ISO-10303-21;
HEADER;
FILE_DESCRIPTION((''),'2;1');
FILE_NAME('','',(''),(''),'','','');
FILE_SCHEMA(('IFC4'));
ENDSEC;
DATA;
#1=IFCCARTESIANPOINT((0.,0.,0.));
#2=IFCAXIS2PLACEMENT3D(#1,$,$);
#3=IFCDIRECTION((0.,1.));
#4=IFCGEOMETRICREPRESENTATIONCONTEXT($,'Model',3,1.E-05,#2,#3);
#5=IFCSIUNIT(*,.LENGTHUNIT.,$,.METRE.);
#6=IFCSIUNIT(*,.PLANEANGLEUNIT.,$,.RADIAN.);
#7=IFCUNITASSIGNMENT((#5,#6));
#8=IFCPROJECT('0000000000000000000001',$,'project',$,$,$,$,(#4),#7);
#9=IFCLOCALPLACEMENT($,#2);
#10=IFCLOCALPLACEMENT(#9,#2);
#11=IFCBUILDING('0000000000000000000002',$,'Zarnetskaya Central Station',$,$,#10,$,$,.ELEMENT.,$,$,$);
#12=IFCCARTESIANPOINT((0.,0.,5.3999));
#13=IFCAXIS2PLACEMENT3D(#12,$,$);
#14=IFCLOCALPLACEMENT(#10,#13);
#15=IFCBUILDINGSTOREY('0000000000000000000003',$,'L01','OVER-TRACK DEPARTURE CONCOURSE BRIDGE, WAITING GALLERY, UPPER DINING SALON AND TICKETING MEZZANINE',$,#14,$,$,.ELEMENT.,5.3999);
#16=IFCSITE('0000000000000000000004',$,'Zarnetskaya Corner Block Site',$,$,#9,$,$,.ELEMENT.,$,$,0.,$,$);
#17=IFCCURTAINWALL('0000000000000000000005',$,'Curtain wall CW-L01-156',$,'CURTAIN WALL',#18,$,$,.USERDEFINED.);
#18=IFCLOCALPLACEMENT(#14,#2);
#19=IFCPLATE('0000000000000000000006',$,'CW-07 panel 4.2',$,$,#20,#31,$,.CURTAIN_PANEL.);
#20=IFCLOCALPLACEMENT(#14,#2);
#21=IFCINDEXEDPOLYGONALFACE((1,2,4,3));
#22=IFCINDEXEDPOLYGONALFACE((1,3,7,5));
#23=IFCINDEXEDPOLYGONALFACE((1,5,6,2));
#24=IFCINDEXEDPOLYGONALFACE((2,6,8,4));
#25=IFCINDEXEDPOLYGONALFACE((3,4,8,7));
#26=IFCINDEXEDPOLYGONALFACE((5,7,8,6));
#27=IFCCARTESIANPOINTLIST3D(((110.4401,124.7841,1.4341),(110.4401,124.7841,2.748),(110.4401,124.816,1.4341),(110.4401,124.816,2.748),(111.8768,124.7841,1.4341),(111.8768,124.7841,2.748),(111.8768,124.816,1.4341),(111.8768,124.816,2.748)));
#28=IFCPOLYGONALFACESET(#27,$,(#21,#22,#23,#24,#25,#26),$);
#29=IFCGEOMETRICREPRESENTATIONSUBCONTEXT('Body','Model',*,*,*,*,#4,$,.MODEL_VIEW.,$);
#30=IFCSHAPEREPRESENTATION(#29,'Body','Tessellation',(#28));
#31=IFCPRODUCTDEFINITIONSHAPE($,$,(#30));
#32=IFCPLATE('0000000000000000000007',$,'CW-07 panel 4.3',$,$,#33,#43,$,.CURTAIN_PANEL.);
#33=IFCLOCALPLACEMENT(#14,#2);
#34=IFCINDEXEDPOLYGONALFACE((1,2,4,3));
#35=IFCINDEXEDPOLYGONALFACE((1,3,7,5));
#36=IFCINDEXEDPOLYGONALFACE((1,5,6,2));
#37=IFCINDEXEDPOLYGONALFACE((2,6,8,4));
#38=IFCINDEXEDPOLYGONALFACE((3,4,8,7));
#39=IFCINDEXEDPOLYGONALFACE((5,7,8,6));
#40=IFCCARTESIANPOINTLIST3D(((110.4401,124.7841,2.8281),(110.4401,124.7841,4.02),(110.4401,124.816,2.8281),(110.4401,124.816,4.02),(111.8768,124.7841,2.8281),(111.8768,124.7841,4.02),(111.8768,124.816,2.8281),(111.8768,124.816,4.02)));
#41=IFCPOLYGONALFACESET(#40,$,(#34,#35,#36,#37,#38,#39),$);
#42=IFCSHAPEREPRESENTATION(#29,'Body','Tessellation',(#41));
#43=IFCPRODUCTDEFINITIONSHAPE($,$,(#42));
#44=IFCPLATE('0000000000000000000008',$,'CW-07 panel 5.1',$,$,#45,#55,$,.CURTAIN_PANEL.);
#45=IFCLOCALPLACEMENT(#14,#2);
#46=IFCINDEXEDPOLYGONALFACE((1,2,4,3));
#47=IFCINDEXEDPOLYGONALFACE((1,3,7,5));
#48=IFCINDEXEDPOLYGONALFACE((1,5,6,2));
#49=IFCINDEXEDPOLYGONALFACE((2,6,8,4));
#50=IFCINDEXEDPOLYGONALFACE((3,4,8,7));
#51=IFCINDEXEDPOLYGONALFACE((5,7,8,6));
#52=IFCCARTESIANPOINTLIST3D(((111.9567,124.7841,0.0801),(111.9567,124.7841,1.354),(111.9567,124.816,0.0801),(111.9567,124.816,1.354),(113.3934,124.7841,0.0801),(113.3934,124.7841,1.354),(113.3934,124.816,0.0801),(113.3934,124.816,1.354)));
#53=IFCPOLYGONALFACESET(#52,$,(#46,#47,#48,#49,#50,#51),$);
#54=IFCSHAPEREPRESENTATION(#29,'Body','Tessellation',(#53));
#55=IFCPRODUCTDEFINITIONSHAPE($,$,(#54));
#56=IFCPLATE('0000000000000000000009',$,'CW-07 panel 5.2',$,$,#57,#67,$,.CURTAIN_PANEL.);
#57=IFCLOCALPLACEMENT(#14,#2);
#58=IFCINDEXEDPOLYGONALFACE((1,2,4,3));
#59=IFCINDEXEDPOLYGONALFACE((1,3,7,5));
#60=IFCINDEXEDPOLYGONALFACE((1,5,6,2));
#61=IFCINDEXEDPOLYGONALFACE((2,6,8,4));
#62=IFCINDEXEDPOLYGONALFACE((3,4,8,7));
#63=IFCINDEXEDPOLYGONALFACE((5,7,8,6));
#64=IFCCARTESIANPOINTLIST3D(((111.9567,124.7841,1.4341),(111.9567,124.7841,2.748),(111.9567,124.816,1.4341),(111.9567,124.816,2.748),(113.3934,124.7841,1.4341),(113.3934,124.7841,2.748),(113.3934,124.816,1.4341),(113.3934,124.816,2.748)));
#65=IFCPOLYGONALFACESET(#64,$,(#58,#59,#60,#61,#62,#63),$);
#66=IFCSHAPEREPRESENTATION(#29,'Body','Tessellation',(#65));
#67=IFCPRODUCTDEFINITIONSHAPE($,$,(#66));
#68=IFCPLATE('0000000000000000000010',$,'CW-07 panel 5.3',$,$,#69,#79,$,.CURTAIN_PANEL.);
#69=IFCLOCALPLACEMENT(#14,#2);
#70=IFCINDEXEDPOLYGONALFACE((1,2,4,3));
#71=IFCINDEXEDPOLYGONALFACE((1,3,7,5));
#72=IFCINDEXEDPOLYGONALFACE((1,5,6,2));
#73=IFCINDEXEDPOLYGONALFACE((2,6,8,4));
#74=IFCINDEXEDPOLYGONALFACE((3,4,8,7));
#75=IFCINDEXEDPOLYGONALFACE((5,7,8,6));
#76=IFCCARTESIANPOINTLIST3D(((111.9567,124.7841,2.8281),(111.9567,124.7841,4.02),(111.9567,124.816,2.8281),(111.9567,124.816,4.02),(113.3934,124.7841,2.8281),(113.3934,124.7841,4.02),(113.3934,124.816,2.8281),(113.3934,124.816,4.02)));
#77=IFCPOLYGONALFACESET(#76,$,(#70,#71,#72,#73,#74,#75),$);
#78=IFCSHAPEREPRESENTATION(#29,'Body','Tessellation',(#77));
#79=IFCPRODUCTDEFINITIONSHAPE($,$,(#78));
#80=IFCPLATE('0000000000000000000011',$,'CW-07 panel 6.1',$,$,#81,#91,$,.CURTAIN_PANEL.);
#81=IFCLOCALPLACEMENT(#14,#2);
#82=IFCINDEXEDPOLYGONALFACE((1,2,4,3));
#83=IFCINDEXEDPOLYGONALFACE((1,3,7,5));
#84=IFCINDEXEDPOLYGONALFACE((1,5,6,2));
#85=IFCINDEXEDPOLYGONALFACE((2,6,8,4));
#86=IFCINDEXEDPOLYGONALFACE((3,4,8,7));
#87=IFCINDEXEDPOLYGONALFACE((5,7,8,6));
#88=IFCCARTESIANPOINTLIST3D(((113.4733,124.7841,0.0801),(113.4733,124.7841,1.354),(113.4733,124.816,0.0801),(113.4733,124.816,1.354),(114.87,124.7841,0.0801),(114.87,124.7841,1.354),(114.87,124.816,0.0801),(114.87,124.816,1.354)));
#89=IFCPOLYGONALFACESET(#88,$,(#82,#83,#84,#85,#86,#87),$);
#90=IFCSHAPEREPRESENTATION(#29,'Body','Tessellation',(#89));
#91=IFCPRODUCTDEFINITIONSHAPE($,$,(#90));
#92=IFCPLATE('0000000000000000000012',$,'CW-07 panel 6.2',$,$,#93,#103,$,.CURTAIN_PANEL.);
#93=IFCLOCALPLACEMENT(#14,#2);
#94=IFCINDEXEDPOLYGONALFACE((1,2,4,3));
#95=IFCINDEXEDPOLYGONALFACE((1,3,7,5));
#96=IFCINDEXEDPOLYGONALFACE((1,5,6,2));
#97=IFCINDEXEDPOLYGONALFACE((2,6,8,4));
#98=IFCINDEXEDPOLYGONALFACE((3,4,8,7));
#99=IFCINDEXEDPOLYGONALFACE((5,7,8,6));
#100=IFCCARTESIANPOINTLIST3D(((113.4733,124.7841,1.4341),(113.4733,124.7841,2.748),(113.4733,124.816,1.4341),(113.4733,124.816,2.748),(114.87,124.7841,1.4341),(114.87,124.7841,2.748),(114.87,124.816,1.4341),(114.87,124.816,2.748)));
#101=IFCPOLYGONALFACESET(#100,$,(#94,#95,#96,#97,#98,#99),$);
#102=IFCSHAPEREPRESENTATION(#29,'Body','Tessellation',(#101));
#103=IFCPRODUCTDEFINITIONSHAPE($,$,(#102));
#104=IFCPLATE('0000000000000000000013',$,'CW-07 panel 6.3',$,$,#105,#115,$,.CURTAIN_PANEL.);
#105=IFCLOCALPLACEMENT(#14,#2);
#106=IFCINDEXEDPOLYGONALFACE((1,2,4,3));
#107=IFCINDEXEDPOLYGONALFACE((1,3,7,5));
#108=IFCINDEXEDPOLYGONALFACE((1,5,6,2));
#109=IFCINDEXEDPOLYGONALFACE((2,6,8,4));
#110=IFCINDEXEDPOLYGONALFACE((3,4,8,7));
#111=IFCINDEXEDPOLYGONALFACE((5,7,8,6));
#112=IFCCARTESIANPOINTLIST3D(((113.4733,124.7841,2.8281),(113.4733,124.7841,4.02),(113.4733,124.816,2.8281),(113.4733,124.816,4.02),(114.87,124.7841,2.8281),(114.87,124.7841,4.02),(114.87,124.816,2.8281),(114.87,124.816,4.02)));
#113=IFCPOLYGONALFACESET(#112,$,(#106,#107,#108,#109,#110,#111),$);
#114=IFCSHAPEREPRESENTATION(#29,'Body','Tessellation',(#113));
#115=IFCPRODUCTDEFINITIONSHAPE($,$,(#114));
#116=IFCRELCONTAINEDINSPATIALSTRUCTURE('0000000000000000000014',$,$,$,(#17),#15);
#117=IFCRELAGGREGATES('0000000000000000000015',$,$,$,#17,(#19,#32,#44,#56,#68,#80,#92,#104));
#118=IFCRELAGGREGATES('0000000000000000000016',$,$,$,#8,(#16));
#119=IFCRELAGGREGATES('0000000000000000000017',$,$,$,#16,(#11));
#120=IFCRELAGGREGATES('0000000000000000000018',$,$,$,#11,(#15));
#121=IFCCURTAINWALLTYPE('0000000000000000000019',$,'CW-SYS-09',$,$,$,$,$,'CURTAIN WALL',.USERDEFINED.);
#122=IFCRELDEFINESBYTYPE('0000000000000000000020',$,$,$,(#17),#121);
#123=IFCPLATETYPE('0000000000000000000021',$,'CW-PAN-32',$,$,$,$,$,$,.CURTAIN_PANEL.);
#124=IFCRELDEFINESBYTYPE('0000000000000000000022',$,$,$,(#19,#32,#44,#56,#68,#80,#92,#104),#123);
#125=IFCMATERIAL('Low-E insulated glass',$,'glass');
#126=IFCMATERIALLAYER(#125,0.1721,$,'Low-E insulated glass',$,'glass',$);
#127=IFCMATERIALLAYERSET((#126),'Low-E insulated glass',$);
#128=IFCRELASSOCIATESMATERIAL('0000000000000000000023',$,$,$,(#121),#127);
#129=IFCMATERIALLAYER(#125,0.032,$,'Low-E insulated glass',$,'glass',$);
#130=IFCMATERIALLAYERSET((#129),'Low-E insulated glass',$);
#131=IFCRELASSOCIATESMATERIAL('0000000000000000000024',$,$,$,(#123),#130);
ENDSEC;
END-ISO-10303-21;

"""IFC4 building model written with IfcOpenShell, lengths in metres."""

from ifc_helpers import new_model, si_unit, direction, frame, origin, origin_2d, place, context, subcontext, project, spatial, rectangle, extrude, material, layer, layer_set, type_object, element, aggregate, save


model = new_model("IFC4")

# Units and contexts
model_context = context("Model", 3, precision=1e-05, world=origin(), true_north=direction((0.0, 1.0)))
body_context = subcontext(model_context, "Body", "Model", "MODEL_VIEW")
ifc_project = project(units=[si_unit("LENGTHUNIT", "METRE"), si_unit("PLANEANGLEUNIT", "RADIAN")], contexts=[model_context])

# Site, building, storey
site_placement = place(None, origin())
site = spatial("IfcSite", under=ifc_project, at=site_placement, Name="Zarnetskaya Corner Block Site", CompositionType="ELEMENT", RefElevation=0.0)
building_placement = place(site_placement, origin())
building = spatial("IfcBuilding", under=site, at=building_placement, Name="Zarnetskaya Central Station", CompositionType="ELEMENT")
storey_placement = place(building_placement, frame((0.0, 0.0, 5.3999)))
storey = spatial("IfcBuildingStorey", under=building, at=storey_placement, Name="L01", Description="OVER-TRACK DEPARTURE CONCOURSE BRIDGE, WAITING GALLERY, UPPER DINING SALON AND TICKETING MEZZANINE", CompositionType="ELEMENT", Elevation=5.3999)

# Curtain wall, plates
ifc_material_1 = material(Name="Low-E insulated glass", Category="glass")
ifc_layer_1 = layer(ifc_material_1, 0.1721, Name="Low-E insulated glass", Category="glass")
ifc_layer_set_1 = layer_set([ifc_layer_1], Name="Low-E insulated glass")
curtain_wall_type = type_object("IfcCurtainWallType", Name="CW-SYS-09", ElementType="CURTAIN WALL", PredefinedType="USERDEFINED", material=ifc_layer_set_1)
curtain_wall_placement = place(storey_placement, origin())
curtain_wall = element("IfcCurtainWall", 1, at=curtain_wall_placement, inside=storey, type_object=curtain_wall_type, Name="Curtain wall CW-L01-156", ObjectType="CURTAIN WALL", PredefinedType="USERDEFINED")
ifc_layer_2 = layer(ifc_material_1, 0.032, Name="Low-E insulated glass", Category="glass")
ifc_layer_set_2 = layer_set([ifc_layer_2], Name="Low-E insulated glass")
plate_type = type_object("IfcPlateType", Name="CW-PAN-32", PredefinedType="CURTAIN_PANEL", material=ifc_layer_set_2)
plate_1_placement = place(storey_placement, frame((111.1584, 124.8, 1.4341), z_axis=(0.0, 0.0, 1.0), x_axis=(1.0, 0.0, 0.0)))
plate_1 = element("IfcPlate", 2, at=plate_1_placement, type_object=plate_type, Name="CW-07 panel 4.2", PredefinedType="CURTAIN_PANEL", context=body_context, shape_type="SweptSolid", body=[
    extrude(rectangle(XDim=1.4368, YDim=0.032, at=origin_2d()), origin(), (0.0, 0.0, 1.0), 1.314),
])
plate_2_placement = place(storey_placement, frame((111.1584, 124.8, 2.8281), z_axis=(0.0, 0.0, 1.0), x_axis=(1.0, 0.0, 0.0)))
plate_2 = element("IfcPlate", 3, at=plate_2_placement, type_object=plate_type, Name="CW-07 panel 4.3", PredefinedType="CURTAIN_PANEL", context=body_context, shape_type="SweptSolid", body=[
    extrude(rectangle(XDim=1.4368, YDim=0.032, at=origin_2d()), origin(), (0.0, 0.0, 1.0), 1.1919),
])
plate_3_placement = place(storey_placement, frame((112.675, 124.8, 0.0801), z_axis=(0.0, 0.0, 1.0), x_axis=(1.0, 0.0, 0.0)))
plate_3 = element("IfcPlate", 4, at=plate_3_placement, type_object=plate_type, Name="CW-07 panel 5.1", PredefinedType="CURTAIN_PANEL", context=body_context, shape_type="SweptSolid", body=[
    extrude(rectangle(XDim=1.4368, YDim=0.032, at=origin_2d()), origin(), (0.0, 0.0, 1.0), 1.2739),
])
plate_4_placement = place(storey_placement, frame((112.675, 124.8, 1.4341), z_axis=(0.0, 0.0, 1.0), x_axis=(1.0, 0.0, 0.0)))
plate_4 = element("IfcPlate", 5, at=plate_4_placement, type_object=plate_type, Name="CW-07 panel 5.2", PredefinedType="CURTAIN_PANEL", context=body_context, shape_type="SweptSolid", body=[
    extrude(rectangle(XDim=1.4368, YDim=0.032, at=origin_2d()), origin(), (0.0, 0.0, 1.0), 1.314),
])
plate_5_placement = place(storey_placement, frame((112.675, 124.8, 2.8281), z_axis=(0.0, 0.0, 1.0), x_axis=(1.0, 0.0, 0.0)))
plate_5 = element("IfcPlate", 6, at=plate_5_placement, type_object=plate_type, Name="CW-07 panel 5.3", PredefinedType="CURTAIN_PANEL", context=body_context, shape_type="SweptSolid", body=[
    extrude(rectangle(XDim=1.4368, YDim=0.032, at=origin_2d()), origin(), (0.0, 0.0, 1.0), 1.1919),
])
plate_6_placement = place(storey_placement, frame((114.1716, 124.8, 0.0801), z_axis=(0.0, 0.0, 1.0), x_axis=(1.0, 0.0, 0.0)))
plate_6 = element("IfcPlate", 7, at=plate_6_placement, type_object=plate_type, Name="CW-07 panel 6.1", PredefinedType="CURTAIN_PANEL", context=body_context, shape_type="SweptSolid", body=[
    extrude(rectangle(XDim=1.3967, YDim=0.032, at=origin_2d()), origin(), (0.0, 0.0, 1.0), 1.2739),
])
plate_7_placement = place(storey_placement, frame((114.1716, 124.8, 1.4341), z_axis=(0.0, 0.0, 1.0), x_axis=(1.0, 0.0, 0.0)))
plate_7 = element("IfcPlate", 8, at=plate_7_placement, type_object=plate_type, Name="CW-07 panel 6.2", PredefinedType="CURTAIN_PANEL", context=body_context, shape_type="SweptSolid", body=[
    extrude(rectangle(XDim=1.3967, YDim=0.032, at=origin_2d()), origin(), (0.0, 0.0, 1.0), 1.314),
])
plate_8_placement = place(storey_placement, frame((114.1716, 124.8, 2.8281), z_axis=(0.0, 0.0, 1.0), x_axis=(1.0, 0.0, 0.0)))
plate_8 = element("IfcPlate", 9, at=plate_8_placement, type_object=plate_type, Name="CW-07 panel 6.3", PredefinedType="CURTAIN_PANEL", context=body_context, shape_type="SweptSolid", body=[
    extrude(rectangle(XDim=1.3967, YDim=0.032, at=origin_2d()), origin(), (0.0, 0.0, 1.0), 1.1919),
])
aggregate(curtain_wall, [plate_1, plate_2, plate_3, plate_4, plate_5, plate_6, plate_7, plate_8])

save(model, "model.ifc")
